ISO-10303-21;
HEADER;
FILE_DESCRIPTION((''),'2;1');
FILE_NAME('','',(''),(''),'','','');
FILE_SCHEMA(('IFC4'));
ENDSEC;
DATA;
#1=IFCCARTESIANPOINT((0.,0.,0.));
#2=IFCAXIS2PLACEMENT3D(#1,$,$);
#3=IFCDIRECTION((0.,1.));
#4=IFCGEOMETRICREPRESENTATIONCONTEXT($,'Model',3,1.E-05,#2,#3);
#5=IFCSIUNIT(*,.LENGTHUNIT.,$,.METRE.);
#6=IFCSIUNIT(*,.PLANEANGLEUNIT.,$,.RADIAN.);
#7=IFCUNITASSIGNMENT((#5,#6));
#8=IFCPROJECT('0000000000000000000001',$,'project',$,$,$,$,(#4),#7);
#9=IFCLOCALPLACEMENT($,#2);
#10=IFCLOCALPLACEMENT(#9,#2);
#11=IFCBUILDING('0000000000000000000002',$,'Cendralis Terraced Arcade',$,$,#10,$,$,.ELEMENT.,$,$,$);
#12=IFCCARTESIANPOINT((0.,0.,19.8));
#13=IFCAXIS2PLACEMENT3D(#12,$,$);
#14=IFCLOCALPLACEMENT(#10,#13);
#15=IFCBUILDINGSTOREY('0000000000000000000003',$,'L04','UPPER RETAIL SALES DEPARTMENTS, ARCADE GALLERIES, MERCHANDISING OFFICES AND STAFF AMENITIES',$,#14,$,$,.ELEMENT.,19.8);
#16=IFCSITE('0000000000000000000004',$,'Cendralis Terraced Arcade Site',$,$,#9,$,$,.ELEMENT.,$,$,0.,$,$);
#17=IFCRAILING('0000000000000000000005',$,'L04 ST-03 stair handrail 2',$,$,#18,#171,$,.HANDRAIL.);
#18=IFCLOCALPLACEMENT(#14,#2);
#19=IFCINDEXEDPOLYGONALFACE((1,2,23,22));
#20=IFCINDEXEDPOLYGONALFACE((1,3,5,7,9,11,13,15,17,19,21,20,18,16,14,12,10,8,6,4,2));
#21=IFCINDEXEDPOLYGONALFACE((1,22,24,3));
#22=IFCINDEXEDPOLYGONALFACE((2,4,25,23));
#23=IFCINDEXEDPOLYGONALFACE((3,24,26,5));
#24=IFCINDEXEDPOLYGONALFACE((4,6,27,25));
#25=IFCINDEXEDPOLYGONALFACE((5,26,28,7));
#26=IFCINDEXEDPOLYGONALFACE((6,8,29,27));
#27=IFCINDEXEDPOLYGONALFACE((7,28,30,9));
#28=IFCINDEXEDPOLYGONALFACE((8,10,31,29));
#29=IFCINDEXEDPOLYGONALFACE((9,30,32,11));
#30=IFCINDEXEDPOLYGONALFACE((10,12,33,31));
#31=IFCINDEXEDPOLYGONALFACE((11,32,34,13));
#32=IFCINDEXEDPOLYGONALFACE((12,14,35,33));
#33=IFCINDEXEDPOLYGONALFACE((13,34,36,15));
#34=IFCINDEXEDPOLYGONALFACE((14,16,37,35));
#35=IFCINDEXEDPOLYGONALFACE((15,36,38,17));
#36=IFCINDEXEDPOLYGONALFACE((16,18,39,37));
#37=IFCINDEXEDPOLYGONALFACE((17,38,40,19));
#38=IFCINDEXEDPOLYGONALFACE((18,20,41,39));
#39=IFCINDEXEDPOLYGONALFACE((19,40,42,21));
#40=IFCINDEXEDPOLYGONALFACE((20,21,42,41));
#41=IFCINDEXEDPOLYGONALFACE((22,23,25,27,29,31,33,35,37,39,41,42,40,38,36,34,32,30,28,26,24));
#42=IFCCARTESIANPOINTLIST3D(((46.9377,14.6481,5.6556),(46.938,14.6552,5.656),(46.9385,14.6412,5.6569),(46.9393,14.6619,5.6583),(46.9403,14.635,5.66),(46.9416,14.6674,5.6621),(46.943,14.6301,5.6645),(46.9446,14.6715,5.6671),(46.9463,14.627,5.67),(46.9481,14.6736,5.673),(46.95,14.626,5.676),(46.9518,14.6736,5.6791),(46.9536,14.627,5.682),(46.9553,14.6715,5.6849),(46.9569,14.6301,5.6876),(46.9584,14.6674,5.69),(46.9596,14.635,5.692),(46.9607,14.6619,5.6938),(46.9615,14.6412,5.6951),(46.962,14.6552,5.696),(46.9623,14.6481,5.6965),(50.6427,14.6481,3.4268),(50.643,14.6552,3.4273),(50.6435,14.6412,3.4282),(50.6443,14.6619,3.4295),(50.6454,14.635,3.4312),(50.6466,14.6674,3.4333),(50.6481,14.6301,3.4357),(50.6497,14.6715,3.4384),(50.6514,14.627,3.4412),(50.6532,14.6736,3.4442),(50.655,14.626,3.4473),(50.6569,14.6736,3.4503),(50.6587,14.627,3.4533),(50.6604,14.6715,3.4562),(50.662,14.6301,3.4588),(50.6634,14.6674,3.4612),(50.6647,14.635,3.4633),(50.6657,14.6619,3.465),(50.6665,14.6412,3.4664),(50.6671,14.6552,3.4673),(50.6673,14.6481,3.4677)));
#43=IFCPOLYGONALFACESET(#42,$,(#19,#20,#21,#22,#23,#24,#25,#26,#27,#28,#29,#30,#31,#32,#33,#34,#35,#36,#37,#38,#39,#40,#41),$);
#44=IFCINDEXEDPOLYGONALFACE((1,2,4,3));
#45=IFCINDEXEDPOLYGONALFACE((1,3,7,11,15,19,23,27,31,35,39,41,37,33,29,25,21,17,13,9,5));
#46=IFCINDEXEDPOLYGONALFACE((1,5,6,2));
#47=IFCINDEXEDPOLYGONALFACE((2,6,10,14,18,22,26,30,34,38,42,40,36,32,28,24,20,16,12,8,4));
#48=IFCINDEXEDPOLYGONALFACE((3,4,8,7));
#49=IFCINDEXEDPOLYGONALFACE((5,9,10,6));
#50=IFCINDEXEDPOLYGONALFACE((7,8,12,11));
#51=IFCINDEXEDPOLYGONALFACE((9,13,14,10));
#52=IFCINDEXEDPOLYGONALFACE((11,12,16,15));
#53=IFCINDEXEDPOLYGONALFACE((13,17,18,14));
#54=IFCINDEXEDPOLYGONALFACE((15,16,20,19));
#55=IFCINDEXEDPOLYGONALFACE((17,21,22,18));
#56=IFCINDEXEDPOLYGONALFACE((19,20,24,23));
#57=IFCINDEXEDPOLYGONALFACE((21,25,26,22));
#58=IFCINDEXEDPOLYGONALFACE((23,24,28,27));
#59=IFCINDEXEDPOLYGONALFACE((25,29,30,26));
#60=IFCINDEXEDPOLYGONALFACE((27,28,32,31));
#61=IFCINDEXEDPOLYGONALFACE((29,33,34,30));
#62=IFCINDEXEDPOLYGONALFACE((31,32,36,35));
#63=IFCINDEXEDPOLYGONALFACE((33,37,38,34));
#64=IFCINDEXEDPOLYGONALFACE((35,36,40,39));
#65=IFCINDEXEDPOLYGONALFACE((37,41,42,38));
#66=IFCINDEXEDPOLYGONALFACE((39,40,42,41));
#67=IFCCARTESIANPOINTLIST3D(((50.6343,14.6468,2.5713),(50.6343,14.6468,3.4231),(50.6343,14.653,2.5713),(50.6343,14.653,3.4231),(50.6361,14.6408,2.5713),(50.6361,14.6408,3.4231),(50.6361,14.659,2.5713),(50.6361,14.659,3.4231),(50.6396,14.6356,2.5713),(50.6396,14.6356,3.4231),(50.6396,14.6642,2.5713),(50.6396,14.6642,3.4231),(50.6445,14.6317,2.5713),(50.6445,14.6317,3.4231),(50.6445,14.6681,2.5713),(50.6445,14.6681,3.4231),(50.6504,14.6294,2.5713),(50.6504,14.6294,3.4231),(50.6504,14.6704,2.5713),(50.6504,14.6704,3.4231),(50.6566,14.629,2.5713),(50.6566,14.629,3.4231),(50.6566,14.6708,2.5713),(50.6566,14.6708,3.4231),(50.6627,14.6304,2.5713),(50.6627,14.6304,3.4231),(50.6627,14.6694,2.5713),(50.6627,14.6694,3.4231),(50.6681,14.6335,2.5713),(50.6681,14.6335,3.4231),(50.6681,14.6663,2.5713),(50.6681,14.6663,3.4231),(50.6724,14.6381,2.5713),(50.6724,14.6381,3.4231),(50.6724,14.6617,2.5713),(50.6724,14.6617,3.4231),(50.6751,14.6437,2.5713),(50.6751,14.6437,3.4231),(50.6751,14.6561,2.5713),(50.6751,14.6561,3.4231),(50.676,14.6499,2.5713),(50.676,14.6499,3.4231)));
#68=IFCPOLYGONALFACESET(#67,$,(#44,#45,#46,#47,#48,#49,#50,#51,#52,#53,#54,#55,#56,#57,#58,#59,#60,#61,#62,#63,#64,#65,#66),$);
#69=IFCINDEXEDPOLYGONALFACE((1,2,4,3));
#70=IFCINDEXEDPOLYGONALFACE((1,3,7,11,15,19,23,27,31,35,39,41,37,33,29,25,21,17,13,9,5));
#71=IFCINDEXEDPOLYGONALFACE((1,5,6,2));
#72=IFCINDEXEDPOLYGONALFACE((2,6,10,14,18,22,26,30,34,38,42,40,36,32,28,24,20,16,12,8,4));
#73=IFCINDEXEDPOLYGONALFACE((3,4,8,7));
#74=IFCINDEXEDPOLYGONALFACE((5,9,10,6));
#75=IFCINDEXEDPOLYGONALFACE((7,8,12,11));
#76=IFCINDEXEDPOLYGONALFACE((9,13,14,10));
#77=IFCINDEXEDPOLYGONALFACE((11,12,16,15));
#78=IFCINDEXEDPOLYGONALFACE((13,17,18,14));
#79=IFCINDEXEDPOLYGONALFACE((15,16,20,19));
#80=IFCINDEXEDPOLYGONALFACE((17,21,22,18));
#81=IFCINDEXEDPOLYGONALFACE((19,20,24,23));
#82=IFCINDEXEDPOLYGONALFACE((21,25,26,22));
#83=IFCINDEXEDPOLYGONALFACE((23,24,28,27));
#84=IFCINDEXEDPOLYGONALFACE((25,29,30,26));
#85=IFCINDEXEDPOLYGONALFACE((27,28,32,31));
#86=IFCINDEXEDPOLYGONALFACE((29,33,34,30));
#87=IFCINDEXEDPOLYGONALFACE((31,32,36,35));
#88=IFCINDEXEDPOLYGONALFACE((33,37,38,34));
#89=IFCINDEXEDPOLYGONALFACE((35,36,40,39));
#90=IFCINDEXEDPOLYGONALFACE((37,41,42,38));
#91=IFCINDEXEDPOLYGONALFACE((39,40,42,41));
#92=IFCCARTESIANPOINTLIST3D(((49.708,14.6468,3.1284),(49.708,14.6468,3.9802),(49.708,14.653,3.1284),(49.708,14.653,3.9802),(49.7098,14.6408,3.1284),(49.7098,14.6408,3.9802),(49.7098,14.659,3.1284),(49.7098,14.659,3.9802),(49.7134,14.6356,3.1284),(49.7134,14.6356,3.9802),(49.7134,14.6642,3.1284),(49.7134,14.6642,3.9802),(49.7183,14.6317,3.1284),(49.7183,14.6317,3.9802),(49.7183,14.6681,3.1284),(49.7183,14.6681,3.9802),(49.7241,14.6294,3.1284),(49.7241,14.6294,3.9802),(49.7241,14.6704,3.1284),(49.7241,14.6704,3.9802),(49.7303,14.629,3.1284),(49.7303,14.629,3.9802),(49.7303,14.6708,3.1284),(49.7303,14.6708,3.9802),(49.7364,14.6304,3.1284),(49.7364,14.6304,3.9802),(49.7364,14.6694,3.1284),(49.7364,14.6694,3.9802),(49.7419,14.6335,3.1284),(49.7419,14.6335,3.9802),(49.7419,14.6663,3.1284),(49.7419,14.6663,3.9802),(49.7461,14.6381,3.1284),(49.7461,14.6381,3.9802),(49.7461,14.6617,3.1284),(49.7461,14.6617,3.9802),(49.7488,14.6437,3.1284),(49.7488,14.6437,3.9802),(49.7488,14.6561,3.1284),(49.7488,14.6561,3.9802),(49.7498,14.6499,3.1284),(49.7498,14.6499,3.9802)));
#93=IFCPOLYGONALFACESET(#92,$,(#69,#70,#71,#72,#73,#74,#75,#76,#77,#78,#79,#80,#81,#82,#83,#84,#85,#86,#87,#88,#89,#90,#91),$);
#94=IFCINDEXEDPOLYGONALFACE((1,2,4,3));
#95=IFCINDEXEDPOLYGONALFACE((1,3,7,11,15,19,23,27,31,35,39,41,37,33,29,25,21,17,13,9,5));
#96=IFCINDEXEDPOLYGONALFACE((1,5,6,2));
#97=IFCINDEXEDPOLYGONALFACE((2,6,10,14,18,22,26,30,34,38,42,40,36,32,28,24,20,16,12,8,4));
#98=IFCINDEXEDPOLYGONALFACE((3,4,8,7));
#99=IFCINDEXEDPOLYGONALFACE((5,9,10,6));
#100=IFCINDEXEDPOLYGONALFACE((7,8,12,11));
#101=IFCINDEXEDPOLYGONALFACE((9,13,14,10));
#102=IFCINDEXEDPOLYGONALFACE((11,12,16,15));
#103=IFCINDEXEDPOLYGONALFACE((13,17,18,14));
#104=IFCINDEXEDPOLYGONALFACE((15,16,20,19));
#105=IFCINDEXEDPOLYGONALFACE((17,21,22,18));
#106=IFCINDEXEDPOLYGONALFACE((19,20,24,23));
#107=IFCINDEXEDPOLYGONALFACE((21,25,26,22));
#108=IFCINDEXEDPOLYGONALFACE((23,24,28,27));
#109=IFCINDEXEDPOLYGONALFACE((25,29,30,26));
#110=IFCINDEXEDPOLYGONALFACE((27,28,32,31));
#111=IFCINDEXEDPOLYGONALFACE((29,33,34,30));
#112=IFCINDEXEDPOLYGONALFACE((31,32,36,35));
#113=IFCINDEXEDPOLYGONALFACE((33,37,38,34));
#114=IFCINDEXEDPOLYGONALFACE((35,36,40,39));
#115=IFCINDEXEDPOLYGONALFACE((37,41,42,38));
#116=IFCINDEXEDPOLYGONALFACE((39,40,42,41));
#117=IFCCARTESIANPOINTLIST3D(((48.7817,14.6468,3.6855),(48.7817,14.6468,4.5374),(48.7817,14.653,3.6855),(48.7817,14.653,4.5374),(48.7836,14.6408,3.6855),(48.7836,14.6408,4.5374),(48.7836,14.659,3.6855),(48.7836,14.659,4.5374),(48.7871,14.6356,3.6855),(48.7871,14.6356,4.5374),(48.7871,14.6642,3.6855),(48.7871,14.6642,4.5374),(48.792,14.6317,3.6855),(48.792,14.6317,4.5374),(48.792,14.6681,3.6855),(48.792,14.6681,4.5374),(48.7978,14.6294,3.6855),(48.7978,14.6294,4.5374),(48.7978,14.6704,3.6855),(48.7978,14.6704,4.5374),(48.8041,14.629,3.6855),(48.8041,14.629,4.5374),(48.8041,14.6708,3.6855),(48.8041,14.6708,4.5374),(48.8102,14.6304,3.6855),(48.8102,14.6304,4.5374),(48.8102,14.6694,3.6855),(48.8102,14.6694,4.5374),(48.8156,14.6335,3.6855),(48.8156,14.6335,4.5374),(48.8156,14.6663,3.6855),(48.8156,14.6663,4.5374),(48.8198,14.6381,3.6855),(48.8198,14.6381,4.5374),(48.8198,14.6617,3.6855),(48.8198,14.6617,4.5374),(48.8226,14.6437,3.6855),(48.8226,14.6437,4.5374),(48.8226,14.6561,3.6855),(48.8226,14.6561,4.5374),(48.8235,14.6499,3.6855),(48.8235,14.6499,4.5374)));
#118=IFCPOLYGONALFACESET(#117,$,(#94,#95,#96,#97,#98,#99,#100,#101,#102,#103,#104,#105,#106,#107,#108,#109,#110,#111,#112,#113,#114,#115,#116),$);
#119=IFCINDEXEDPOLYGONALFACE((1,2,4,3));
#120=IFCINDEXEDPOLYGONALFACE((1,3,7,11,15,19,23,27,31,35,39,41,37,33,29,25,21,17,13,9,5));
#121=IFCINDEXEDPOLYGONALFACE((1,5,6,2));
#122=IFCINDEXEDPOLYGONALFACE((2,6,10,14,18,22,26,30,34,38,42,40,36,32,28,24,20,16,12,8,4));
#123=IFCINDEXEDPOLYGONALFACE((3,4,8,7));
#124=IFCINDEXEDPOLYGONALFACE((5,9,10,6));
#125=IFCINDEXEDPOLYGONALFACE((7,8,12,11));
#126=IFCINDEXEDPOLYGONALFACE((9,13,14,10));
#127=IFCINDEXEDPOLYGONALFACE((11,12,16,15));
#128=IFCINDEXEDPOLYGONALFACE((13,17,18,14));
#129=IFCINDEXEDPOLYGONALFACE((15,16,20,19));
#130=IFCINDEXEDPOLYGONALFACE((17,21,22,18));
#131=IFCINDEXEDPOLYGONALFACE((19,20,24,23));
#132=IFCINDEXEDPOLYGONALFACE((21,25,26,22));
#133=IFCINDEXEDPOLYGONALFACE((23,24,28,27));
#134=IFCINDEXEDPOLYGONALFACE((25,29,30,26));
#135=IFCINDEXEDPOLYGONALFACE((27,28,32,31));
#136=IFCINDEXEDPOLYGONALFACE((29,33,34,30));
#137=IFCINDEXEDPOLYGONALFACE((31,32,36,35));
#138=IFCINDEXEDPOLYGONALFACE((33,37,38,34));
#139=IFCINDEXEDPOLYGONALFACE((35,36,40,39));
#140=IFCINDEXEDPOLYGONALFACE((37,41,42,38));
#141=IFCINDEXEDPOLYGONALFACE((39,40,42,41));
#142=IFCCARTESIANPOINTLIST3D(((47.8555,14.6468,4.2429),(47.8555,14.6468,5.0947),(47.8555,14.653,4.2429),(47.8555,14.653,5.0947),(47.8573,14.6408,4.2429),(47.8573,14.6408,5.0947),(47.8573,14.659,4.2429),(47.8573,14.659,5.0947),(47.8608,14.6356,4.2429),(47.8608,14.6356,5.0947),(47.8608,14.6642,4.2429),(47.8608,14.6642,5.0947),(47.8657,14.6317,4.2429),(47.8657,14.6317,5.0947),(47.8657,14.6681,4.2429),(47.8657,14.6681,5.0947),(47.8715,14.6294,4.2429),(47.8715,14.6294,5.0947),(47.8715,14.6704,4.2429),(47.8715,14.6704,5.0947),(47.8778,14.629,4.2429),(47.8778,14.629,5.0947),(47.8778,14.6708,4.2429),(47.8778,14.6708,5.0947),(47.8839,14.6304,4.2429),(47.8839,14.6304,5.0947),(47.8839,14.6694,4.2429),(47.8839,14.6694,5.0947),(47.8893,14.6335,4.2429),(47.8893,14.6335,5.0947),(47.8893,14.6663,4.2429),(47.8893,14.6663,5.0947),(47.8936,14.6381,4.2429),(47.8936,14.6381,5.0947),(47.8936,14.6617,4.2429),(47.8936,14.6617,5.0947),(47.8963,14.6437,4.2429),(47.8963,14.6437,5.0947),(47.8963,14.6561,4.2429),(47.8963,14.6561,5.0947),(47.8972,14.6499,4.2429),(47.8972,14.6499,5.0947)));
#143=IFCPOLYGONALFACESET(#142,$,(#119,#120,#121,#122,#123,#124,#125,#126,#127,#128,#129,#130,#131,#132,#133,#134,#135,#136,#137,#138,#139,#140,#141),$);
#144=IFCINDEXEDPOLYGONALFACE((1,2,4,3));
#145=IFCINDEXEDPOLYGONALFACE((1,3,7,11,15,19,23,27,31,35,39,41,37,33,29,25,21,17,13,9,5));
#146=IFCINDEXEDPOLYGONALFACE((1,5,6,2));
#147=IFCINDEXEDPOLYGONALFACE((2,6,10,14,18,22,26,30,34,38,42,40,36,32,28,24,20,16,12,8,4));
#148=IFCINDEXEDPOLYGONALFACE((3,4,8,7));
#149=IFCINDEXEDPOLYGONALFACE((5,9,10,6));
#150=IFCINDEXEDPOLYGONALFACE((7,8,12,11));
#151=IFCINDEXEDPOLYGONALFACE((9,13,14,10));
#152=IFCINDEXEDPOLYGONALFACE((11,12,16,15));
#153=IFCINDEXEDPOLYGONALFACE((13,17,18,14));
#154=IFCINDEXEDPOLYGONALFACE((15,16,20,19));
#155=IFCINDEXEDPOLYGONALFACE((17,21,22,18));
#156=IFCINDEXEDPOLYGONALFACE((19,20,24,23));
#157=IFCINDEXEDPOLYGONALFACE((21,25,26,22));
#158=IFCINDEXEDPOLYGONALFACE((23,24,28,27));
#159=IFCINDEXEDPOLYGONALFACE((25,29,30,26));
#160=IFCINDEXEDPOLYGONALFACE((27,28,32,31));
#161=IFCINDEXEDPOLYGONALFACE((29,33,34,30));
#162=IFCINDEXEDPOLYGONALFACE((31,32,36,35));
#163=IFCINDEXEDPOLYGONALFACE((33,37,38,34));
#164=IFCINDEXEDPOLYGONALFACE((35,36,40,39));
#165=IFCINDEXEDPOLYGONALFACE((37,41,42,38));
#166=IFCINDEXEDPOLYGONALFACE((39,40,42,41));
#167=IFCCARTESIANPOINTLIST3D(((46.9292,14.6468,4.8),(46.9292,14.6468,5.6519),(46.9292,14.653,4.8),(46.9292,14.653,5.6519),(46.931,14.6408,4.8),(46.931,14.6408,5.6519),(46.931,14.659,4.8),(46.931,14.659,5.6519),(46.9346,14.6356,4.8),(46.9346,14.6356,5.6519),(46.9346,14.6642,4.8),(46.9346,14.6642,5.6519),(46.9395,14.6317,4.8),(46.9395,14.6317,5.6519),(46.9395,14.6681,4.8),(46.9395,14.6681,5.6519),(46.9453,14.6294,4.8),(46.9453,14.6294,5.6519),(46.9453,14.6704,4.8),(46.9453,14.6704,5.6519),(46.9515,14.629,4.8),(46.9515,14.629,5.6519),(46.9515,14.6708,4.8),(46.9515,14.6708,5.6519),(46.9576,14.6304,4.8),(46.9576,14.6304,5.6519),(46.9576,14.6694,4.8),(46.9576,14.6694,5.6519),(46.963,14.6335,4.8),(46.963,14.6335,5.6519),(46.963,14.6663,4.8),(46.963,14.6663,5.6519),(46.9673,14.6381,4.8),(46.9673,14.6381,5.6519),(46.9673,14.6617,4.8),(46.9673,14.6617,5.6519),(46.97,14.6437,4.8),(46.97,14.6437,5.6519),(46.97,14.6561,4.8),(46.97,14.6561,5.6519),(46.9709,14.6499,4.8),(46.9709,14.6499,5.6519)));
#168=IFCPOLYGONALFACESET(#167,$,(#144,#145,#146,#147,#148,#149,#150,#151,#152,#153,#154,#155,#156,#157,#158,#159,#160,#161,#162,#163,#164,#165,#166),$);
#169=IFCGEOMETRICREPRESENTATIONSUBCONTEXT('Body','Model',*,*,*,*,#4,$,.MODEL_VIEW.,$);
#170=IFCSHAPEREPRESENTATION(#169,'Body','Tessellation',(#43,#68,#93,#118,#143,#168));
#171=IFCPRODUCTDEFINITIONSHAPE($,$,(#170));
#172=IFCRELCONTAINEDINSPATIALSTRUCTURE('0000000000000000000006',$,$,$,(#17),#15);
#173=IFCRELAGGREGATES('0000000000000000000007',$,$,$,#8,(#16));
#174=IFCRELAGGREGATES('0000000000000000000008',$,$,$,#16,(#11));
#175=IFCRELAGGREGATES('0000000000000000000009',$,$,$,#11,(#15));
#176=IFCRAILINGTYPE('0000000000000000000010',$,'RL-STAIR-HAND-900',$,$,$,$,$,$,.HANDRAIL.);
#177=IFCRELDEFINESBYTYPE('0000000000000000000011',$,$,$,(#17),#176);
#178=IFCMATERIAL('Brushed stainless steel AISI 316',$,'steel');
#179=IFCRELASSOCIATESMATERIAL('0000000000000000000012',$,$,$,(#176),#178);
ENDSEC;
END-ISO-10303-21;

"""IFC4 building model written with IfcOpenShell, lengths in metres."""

from ifc_helpers import new_model, si_unit, direction, frame, origin, origin_2d, place, context, subcontext, project, spatial, circle, extrude, material, type_object, element, save


model = new_model("IFC4")

# Units and contexts
model_context = context("Model", 3, precision=1e-05, world=origin(), true_north=direction((0.0, 1.0)))
body_context = subcontext(model_context, "Body", "Model", "MODEL_VIEW")
ifc_project = project(units=[si_unit("LENGTHUNIT", "METRE"), si_unit("PLANEANGLEUNIT", "RADIAN")], contexts=[model_context])

# Site, building, storey
site_placement = place(None, origin())
site = spatial("IfcSite", under=ifc_project, at=site_placement, Name="Cendralis Terraced Arcade Site", CompositionType="ELEMENT", RefElevation=0.0)
building_placement = place(site_placement, origin())
building = spatial("IfcBuilding", under=site, at=building_placement, Name="Cendralis Terraced Arcade", CompositionType="ELEMENT")
storey_placement = place(building_placement, frame((0.0, 0.0, 19.8)))
storey = spatial("IfcBuildingStorey", under=building, at=storey_placement, Name="L04", Description="UPPER RETAIL SALES DEPARTMENTS, ARCADE GALLERIES, MERCHANDISING OFFICES AND STAFF AMENITIES", CompositionType="ELEMENT", Elevation=19.8)

# Railing
ifc_material_1 = material(Name="Brushed stainless steel AISI 316", Category="steel")
railing_type_1 = type_object("IfcRailingType", Name="RL-STAIR-HAND-900", PredefinedType="HANDRAIL", material=ifc_material_1)
railing_1_placement = place(storey_placement, frame((50.655, 14.6499, 2.5713)))
element("IfcRailing", 1, at=railing_1_placement, inside=storey, type_object=railing_type_1, Name="L04 ST-03 stair handrail 2", PredefinedType="HANDRAIL", context=body_context, shape_type="SweptSolid", body=[
    extrude(circle(Radius=0.0239, at=origin_2d()), frame((0.0, 0.0, 0.876), z_axis=(-0.856909, 0.0, 0.515467), x_axis=(0.0, -1.0, 0.0)), (0.0, 0.0, 1.0), 4.3237),
    extrude(circle(Radius=0.021, at=origin_2d()), origin(), (0.0, 0.0, 1.0), 0.8518),
    extrude(circle(Radius=0.021, at=origin_2d()), frame((-0.9263, 0.0, 0.5571)), (0.0, 0.0, 1.0), 0.8518),
    extrude(circle(Radius=0.021, at=origin_2d()), frame((-1.8525, 0.0, 1.1143)), (0.0, 0.0, 1.0), 0.8518),
    extrude(circle(Radius=0.021, at=origin_2d()), frame((-2.7788, 0.0, 1.6716)), (0.0, 0.0, 1.0), 0.8518),
    extrude(circle(Radius=0.021, at=origin_2d()), frame((-3.7051, 0.0, 2.2288)), (0.0, 0.0, 1.0), 0.8518),
])

save(model, "model.ifc")
